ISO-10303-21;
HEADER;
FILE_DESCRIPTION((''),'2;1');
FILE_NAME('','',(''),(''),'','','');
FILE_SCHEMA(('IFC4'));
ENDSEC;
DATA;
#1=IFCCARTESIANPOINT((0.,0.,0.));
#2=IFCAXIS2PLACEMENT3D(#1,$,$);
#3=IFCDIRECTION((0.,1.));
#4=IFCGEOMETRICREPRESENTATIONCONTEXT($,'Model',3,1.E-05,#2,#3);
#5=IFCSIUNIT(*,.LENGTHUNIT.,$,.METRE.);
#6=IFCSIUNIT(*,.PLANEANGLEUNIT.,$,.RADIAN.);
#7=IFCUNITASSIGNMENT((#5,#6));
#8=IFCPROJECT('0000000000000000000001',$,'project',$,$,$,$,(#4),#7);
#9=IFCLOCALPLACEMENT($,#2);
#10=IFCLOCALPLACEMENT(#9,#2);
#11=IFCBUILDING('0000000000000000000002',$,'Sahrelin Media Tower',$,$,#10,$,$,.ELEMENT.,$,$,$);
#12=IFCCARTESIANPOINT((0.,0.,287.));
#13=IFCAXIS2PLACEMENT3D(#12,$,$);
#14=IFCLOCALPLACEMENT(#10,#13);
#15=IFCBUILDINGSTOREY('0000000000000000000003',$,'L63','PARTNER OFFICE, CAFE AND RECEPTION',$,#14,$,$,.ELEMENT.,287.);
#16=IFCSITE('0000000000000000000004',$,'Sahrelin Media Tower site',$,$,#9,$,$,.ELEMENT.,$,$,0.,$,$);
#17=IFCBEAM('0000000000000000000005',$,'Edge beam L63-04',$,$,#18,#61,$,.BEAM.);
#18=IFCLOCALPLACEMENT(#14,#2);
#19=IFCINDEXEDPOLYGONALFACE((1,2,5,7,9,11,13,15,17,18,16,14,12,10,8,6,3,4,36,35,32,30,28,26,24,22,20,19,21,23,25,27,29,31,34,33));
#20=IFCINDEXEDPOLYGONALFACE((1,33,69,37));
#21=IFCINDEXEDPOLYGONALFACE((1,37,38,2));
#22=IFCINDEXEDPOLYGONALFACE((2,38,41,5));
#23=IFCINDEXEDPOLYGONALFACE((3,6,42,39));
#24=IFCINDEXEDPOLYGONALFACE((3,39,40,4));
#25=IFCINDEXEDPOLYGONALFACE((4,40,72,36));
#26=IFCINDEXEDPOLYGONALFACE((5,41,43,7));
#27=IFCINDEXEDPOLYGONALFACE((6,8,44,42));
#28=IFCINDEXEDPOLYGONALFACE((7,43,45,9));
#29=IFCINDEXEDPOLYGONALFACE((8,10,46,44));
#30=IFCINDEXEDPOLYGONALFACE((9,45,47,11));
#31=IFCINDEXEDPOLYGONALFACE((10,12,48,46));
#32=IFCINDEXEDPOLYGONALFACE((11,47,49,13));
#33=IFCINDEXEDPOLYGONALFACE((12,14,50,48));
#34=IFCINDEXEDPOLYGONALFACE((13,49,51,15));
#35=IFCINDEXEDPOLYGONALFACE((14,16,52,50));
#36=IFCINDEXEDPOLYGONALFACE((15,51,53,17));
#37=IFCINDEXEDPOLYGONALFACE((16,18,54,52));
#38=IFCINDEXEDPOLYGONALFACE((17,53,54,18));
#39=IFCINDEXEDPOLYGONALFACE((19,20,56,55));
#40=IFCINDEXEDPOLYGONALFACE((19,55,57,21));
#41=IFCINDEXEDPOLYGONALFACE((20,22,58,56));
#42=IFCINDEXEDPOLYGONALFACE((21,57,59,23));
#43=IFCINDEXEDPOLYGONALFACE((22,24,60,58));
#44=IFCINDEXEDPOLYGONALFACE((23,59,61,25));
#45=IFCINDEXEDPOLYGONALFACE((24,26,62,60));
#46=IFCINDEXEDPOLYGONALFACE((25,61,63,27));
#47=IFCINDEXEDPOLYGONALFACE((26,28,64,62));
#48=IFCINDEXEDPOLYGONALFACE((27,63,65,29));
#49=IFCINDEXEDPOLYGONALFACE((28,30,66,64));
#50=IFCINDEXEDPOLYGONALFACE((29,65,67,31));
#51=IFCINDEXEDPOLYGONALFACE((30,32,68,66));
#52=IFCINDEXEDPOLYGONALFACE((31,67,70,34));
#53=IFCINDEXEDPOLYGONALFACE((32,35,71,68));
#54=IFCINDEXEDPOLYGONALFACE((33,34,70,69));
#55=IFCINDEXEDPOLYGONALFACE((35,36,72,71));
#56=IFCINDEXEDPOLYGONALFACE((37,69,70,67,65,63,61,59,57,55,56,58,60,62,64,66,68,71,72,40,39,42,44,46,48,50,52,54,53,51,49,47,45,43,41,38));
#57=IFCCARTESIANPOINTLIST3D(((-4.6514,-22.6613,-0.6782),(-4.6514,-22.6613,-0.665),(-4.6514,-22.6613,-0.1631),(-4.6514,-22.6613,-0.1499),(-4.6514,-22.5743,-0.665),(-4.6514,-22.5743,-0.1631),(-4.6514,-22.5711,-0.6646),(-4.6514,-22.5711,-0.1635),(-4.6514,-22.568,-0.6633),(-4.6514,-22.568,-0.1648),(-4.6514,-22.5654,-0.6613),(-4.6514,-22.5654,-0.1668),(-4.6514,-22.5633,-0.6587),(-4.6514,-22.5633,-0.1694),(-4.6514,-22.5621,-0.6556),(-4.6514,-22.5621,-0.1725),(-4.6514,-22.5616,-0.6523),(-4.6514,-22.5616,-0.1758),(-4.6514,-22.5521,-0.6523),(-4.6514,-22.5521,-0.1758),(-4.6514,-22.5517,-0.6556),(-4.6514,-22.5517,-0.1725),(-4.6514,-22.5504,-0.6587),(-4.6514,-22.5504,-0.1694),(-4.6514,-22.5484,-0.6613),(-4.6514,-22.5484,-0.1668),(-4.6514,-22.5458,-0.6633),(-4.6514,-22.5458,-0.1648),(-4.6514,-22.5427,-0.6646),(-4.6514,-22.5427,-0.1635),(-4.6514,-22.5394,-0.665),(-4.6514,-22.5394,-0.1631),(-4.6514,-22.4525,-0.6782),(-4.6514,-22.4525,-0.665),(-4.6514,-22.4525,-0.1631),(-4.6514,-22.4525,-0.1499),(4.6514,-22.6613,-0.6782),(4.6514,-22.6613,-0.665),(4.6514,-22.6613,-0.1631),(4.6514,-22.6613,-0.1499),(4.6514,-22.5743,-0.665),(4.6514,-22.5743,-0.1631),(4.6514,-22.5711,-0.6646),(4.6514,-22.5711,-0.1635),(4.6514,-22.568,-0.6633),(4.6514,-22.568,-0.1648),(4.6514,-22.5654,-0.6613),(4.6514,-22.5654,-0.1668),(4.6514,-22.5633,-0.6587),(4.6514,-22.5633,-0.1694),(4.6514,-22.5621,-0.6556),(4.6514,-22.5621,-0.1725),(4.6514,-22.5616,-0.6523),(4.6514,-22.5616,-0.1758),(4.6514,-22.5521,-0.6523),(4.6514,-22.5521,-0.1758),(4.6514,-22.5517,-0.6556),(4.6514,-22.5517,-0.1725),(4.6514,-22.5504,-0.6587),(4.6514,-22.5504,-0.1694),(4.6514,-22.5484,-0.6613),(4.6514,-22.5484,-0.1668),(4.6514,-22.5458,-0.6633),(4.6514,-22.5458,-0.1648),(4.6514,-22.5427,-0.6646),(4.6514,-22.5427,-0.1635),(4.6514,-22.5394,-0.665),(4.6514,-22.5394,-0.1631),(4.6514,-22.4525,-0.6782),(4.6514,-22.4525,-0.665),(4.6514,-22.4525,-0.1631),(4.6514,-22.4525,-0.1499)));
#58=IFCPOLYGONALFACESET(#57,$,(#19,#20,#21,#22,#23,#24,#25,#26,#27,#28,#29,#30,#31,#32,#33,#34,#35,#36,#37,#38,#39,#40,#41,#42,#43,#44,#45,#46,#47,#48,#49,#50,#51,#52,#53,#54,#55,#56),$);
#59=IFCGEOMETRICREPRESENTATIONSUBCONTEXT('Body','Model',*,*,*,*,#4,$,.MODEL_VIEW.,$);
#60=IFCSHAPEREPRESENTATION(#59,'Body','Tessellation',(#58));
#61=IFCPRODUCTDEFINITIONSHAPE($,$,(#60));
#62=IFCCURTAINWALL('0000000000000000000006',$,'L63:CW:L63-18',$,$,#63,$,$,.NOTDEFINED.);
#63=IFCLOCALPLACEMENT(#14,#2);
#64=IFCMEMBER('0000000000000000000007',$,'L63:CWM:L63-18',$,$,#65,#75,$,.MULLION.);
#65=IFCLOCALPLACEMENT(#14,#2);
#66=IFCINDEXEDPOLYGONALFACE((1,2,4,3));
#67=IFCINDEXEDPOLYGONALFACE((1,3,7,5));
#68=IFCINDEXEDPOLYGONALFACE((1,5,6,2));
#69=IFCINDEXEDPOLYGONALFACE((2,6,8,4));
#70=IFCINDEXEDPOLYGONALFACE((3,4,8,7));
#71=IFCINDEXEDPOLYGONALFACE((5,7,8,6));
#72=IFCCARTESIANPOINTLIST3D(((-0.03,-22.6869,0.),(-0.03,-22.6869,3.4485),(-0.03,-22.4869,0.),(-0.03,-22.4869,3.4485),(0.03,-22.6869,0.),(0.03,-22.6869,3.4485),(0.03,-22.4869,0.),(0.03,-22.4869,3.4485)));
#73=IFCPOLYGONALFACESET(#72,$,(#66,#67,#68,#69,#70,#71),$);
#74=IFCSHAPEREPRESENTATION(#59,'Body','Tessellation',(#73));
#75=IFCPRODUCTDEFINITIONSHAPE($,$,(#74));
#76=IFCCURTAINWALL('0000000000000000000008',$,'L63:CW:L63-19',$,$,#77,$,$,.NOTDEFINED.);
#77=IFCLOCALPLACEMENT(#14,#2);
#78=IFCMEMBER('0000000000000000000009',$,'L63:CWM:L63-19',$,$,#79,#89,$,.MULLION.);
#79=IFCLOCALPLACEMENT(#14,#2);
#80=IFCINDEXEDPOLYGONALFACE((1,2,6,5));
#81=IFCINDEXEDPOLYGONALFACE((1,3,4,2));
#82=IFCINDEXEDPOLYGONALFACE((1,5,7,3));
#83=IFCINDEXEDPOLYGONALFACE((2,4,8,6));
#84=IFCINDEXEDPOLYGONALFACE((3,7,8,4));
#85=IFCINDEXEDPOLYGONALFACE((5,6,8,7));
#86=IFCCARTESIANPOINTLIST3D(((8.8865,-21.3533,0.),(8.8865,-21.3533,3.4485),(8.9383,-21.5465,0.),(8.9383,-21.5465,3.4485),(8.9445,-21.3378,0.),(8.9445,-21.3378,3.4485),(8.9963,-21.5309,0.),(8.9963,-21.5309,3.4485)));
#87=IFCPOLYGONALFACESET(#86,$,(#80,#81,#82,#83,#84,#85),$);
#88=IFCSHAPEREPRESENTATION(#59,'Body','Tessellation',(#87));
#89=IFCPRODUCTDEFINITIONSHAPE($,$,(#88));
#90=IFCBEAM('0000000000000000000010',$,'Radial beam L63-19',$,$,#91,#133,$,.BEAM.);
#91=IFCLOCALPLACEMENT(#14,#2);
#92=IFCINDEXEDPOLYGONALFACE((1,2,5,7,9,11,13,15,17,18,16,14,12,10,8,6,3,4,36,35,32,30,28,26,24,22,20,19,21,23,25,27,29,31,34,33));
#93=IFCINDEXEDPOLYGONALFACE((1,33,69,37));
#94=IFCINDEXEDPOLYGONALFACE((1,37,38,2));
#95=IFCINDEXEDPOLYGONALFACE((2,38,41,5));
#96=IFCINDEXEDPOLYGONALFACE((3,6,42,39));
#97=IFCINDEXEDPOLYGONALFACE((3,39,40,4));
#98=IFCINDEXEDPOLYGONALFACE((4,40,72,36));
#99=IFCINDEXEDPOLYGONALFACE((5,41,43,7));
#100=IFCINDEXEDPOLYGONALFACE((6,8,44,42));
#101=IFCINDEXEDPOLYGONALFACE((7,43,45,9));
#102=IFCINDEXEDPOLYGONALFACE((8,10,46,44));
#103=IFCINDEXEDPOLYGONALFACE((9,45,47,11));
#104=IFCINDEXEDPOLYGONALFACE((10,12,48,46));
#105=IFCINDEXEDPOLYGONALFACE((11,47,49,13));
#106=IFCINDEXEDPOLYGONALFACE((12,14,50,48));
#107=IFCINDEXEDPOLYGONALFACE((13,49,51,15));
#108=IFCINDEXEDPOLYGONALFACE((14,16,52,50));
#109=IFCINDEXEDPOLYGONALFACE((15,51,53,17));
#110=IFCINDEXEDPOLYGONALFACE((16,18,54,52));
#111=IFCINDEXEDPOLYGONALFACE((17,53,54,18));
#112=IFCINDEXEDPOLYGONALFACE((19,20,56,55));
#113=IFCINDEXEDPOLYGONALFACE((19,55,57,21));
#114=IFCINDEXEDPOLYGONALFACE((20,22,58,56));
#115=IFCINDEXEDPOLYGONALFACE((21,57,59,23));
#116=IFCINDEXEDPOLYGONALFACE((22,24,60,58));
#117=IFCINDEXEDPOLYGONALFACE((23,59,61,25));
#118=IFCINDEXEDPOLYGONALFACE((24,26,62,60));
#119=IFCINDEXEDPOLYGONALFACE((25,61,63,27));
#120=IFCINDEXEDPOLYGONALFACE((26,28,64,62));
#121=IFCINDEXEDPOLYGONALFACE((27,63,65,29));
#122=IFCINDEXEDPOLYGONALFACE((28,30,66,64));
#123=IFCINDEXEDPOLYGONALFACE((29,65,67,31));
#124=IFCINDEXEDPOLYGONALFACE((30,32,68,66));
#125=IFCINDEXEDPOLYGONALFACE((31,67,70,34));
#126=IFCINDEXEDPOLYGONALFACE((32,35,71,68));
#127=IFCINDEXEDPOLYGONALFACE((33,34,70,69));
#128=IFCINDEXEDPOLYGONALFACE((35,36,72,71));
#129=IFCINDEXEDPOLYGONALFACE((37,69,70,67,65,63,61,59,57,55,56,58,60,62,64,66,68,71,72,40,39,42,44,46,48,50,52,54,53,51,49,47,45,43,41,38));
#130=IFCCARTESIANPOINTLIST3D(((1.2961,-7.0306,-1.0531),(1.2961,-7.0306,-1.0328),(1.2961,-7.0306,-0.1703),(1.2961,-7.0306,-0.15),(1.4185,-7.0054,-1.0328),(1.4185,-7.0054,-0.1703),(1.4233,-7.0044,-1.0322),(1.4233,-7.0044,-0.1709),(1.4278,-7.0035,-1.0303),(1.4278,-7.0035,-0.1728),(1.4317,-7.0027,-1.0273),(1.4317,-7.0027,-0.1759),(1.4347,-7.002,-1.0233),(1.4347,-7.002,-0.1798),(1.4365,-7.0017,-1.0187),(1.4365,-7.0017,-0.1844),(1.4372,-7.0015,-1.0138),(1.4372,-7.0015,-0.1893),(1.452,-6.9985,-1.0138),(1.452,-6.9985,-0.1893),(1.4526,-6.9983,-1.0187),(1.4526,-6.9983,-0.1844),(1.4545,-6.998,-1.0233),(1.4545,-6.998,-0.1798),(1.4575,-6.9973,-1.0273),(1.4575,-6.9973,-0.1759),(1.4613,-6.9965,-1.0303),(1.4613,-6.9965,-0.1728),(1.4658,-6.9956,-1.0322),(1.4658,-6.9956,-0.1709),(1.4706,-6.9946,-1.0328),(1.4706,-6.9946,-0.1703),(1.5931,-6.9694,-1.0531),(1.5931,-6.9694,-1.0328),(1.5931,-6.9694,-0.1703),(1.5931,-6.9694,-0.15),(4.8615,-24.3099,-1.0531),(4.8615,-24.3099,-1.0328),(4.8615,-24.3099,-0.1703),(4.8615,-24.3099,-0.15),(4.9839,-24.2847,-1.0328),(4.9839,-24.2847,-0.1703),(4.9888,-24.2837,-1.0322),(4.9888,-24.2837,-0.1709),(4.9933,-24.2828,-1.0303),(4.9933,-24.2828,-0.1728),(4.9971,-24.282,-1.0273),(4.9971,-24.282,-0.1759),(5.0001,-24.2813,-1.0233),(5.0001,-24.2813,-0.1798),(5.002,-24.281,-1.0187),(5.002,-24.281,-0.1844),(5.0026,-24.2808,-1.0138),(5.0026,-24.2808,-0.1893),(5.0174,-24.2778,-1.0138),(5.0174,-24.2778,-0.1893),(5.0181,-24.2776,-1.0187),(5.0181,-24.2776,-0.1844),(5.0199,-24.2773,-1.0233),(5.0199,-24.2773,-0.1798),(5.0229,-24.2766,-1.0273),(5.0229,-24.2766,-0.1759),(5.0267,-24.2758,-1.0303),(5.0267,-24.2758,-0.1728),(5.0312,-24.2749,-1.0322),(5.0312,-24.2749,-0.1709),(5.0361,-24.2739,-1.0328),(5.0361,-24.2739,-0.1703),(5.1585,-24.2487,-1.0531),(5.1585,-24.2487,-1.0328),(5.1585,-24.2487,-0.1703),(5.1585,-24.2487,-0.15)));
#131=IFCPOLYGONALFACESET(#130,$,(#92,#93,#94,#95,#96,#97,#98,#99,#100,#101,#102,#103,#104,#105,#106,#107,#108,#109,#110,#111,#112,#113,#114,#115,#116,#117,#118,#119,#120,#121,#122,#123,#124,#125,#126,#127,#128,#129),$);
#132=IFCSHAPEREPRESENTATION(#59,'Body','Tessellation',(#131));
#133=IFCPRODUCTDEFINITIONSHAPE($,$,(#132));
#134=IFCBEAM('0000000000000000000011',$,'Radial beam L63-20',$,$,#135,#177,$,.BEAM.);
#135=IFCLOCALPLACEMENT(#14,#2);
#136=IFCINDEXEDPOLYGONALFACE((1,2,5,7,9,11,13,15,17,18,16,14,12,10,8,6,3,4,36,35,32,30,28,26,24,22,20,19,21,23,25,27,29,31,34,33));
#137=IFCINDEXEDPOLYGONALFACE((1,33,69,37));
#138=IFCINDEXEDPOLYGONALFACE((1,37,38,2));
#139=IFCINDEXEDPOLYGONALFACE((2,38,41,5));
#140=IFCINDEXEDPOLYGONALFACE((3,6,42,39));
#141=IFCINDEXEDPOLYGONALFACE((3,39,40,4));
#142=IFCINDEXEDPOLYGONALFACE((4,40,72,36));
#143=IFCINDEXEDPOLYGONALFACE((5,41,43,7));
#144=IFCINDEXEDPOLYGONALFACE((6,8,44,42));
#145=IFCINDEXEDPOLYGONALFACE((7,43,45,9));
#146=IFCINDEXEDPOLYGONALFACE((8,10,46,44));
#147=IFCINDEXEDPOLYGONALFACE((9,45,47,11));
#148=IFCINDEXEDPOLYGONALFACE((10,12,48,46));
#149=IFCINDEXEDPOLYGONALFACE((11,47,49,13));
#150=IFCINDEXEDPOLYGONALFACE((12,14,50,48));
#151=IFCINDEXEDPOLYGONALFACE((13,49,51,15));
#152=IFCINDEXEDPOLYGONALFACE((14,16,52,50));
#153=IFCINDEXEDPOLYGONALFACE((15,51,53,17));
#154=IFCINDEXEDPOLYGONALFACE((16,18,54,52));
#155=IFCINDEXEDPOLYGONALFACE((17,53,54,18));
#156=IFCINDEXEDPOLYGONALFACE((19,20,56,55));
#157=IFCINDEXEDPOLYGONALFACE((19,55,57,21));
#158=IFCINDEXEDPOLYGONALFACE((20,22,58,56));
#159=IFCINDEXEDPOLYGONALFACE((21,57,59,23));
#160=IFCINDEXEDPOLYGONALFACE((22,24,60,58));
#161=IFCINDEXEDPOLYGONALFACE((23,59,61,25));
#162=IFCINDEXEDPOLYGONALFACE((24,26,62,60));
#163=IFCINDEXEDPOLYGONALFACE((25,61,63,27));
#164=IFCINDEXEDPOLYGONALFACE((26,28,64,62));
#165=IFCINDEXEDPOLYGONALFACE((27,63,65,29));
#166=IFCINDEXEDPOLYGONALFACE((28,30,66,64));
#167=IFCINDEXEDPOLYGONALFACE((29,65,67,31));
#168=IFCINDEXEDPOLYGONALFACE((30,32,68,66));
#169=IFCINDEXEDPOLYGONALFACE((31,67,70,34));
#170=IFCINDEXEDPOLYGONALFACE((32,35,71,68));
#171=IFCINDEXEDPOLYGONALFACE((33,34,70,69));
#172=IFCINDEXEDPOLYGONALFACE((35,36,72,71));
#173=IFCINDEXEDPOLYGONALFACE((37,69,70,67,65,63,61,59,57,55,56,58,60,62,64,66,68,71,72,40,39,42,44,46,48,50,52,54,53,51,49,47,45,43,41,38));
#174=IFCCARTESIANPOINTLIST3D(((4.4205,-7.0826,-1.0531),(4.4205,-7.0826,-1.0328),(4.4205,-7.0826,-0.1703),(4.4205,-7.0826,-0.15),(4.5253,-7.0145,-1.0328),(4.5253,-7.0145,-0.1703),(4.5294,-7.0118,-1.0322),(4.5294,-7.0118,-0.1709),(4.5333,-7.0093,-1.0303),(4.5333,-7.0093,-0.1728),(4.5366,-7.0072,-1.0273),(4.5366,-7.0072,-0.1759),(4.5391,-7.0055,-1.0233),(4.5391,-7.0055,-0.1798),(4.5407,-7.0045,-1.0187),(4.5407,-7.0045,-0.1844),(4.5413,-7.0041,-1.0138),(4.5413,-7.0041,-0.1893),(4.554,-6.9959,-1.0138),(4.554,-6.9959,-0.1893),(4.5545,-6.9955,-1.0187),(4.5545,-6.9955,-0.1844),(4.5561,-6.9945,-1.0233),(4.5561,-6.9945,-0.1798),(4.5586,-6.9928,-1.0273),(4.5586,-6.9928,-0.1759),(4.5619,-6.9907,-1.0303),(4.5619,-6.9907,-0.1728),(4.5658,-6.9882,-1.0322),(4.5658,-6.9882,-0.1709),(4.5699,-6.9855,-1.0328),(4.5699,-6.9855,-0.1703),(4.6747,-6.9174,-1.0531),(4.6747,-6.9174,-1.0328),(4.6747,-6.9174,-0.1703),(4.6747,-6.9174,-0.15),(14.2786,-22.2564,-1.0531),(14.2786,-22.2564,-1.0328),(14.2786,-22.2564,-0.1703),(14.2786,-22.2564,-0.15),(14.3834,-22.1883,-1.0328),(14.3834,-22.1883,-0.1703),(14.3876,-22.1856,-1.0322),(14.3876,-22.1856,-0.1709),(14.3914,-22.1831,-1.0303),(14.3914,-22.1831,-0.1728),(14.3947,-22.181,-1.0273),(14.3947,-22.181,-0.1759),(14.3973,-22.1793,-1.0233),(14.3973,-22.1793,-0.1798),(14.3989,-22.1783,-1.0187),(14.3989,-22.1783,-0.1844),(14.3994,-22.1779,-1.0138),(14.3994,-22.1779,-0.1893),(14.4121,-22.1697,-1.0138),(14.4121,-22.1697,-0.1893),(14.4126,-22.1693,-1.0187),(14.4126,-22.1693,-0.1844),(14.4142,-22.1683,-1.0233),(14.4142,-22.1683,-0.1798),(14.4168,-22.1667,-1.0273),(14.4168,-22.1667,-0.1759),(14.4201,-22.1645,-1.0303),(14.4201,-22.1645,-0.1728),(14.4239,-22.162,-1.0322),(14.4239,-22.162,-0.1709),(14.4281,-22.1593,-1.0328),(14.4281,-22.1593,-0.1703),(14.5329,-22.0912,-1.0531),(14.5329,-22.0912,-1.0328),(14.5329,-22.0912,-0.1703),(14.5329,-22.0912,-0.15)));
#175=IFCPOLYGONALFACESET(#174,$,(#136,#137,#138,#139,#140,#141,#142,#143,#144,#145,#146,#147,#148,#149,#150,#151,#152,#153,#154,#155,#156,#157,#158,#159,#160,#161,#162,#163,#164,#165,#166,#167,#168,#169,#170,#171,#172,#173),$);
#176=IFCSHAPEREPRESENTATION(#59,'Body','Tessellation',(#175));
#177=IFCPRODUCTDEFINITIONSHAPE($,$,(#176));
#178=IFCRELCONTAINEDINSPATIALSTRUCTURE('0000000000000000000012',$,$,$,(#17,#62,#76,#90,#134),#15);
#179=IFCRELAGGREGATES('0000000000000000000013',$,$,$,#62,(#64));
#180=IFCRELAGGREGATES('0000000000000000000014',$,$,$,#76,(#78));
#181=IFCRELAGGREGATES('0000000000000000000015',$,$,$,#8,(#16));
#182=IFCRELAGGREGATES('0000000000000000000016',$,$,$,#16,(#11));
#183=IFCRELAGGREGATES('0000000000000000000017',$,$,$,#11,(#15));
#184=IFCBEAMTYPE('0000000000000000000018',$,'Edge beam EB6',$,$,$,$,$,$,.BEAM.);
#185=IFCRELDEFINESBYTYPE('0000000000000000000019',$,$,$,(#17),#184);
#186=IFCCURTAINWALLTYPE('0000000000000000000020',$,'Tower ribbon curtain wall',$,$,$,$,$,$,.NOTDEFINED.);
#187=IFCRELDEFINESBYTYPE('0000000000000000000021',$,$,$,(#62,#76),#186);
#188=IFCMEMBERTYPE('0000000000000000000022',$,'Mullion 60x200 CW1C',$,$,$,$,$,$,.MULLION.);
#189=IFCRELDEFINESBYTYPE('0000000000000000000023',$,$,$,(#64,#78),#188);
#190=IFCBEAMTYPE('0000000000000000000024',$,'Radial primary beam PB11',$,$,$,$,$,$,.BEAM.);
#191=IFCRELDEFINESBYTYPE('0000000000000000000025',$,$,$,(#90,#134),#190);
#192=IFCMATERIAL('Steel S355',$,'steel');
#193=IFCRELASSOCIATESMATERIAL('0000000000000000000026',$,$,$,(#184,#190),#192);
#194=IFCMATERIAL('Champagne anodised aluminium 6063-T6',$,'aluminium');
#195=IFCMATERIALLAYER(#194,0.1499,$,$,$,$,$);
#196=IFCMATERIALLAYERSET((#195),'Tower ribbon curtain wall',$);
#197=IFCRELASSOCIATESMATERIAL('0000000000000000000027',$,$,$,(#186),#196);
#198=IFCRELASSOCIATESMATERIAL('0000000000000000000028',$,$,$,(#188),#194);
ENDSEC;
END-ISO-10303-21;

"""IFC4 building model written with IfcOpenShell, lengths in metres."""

from ifc_helpers import new_model, si_unit, direction, frame, origin, origin_2d, place, context, subcontext, project, spatial, rectangle, i_section, extrude, material, layer, layer_set, material_profile, profile_set, type_object, element, aggregate, save


model = new_model("IFC4")

# Units and contexts
model_context = context("Model", 3, precision=1e-05, world=origin(), true_north=direction((0.0, 1.0)))
body_context = subcontext(model_context, "Body", "Model", "MODEL_VIEW")
ifc_project = project(units=[si_unit("LENGTHUNIT", "METRE"), si_unit("PLANEANGLEUNIT", "RADIAN")], contexts=[model_context])

# Site, building, storey
site_placement = place(None, origin())
site = spatial("IfcSite", under=ifc_project, at=site_placement, Name="Sahrelin Media Tower site", CompositionType="ELEMENT", RefElevation=0.0)
building_placement = place(site_placement, origin())
building = spatial("IfcBuilding", under=site, at=building_placement, Name="Sahrelin Media Tower", CompositionType="ELEMENT")
storey_placement = place(building_placement, frame((0.0, 0.0, 287.0)))
storey = spatial("IfcBuildingStorey", under=building, at=storey_placement, Name="L63", Description="PARTNER OFFICE, CAFE AND RECEPTION", CompositionType="ELEMENT", Elevation=287.0)

# Beam
ifc_material_1 = material(Name="Steel S355", Category="steel")
ifc_material_profile_1 = material_profile(ifc_material_1, i_section(OverallWidth=0.2087, OverallDepth=0.5283, WebThickness=0.0095, FlangeThickness=0.0132, FilletRadius=0.0127, at=origin_2d()), Name="UB 533x210x82")
ifc_profile_set_1 = profile_set([ifc_material_profile_1], Name="Steel S355")
beam_type_1 = type_object("IfcBeamType", Name="Edge beam EB6", PredefinedType="BEAM", material=ifc_profile_set_1)
beam_1_placement = place(storey_placement, frame((4.6514, -22.5569, -0.4141), z_axis=(-1.0, 0.0, 0.0), x_axis=(0.0, -1.0, 0.0)))
element("IfcBeam", 1, at=beam_1_placement, inside=storey, type_object=beam_type_1, Name="Edge beam L63-04", PredefinedType="BEAM", context=body_context, shape_type="SweptSolid", body=[
    extrude(i_section(OverallWidth=0.2087, OverallDepth=0.5283, WebThickness=0.0095, FlangeThickness=0.0132, FilletRadius=0.0127, at=origin_2d()), origin(), (0.0, 0.0, 1.0), 9.3027),
])

# Curtain walls, members
ifc_material_2 = material(Name="Champagne anodised aluminium 6063-T6", Category="aluminium")
ifc_layer_1 = layer(ifc_material_2, 0.1499)
ifc_layer_set_1 = layer_set([ifc_layer_1], Name="Tower ribbon curtain wall")
curtain_wall_type = type_object("IfcCurtainWallType", Name="Tower ribbon curtain wall", PredefinedType="NOTDEFINED", material=ifc_layer_set_1)
curtain_wall_1_placement = place(storey_placement, frame((0.0, -22.7068, 0.0), z_axis=(0.0, 0.0, 1.0), x_axis=(1.0, 0.0, 0.0)))
curtain_wall_1 = element("IfcCurtainWall", 2, at=curtain_wall_1_placement, inside=storey, type_object=curtain_wall_type, Name="L63:CW:L63-18", PredefinedType="NOTDEFINED")
ifc_material_profile_2 = material_profile(ifc_material_2, rectangle(XDim=0.0601, YDim=0.2, at=origin_2d()), Name="Mullion 60x200")
ifc_profile_set_2 = profile_set([ifc_material_profile_2], Name="Champagne anodised aluminium 6063-T6")
member_type_1 = type_object("IfcMemberType", Name="Mullion 60x200 CW1C", PredefinedType="MULLION", material=ifc_profile_set_2)
member_1_placement = place(storey_placement, frame((0.0, -22.5869, 0.0), z_axis=(0.0, 0.0, 1.0), x_axis=(1.0, 0.0, 0.0)))
member_1 = element("IfcMember", 3, at=member_1_placement, type_object=member_type_1, Name="L63:CWM:L63-18", PredefinedType="MULLION", context=body_context, shape_type="SweptSolid", body=[
    extrude(rectangle(XDim=0.0601, YDim=0.2, at=origin_2d()), origin(), (0.0, 0.0, 1.0), 3.4485),
])
aggregate(curtain_wall_1, [member_1])
curtain_wall_2_placement = place(storey_placement, frame((8.9724, -21.5581, 0.0), z_axis=(0.0, 0.0, 1.0), x_axis=(1.0, 0.0, 0.0)))
curtain_wall_2 = element("IfcCurtainWall", 4, at=curtain_wall_2_placement, inside=storey, type_object=curtain_wall_type, Name="L63:CW:L63-19", PredefinedType="NOTDEFINED")
member_2_placement = place(storey_placement, frame((8.9414, -21.4421, 0.0), z_axis=(0.0, 0.0, 1.0), x_axis=(0.965927, 0.258814, 0.0)))
member_2 = element("IfcMember", 5, at=member_2_placement, type_object=member_type_1, Name="L63:CWM:L63-19", PredefinedType="MULLION", context=body_context, shape_type="SweptSolid", body=[
    extrude(rectangle(XDim=0.0601, YDim=0.2, at=origin_2d()), origin(), (0.0, 0.0, 1.0), 3.4485),
])

# Beams
ifc_material_profile_3 = material_profile(ifc_material_1, i_section(OverallWidth=0.3032, OverallDepth=0.9031, WebThickness=0.0151, FlangeThickness=0.0203, FilletRadius=0.019, at=origin_2d()), Name="UB 914x305x201")
ifc_profile_set_3 = profile_set([ifc_material_profile_3], Name="Steel S355")
beam_type_2 = type_object("IfcBeamType", Name="Radial primary beam PB11", PredefinedType="BEAM", material=ifc_profile_set_3)
beam_2_placement = place(storey_placement, frame((1.4446, -7.0, -0.6016), z_axis=(0.202084, -0.979368, 0.0), x_axis=(0.979368, 0.202084, 0.0)))
element("IfcBeam", 6, at=beam_2_placement, inside=storey, type_object=beam_type_2, Name="Radial beam L63-19", PredefinedType="BEAM", context=body_context, shape_type="SweptSolid", body=[
    extrude(i_section(OverallWidth=0.3032, OverallDepth=0.9031, WebThickness=0.0151, FlangeThickness=0.0203, FilletRadius=0.019, at=origin_2d()), origin(), (0.0, 0.0, 1.0), 17.6433),
])
beam_3_placement = place(storey_placement, frame((4.5476, -7.0, -0.6016), z_axis=(0.544801, -0.838566, 0.0), x_axis=(0.838566, 0.544801, 0.0)))
element("IfcBeam", 7, at=beam_3_placement, inside=storey, type_object=beam_type_2, Name="Radial beam L63-20", PredefinedType="BEAM", context=body_context, shape_type="SweptSolid", body=[
    extrude(i_section(OverallWidth=0.3032, OverallDepth=0.9031, WebThickness=0.0151, FlangeThickness=0.0203, FilletRadius=0.019, at=origin_2d()), origin(), (0.0, 0.0, 1.0), 18.095),
])

aggregate(curtain_wall_2, [member_2])

save(model, "model.ifc")
